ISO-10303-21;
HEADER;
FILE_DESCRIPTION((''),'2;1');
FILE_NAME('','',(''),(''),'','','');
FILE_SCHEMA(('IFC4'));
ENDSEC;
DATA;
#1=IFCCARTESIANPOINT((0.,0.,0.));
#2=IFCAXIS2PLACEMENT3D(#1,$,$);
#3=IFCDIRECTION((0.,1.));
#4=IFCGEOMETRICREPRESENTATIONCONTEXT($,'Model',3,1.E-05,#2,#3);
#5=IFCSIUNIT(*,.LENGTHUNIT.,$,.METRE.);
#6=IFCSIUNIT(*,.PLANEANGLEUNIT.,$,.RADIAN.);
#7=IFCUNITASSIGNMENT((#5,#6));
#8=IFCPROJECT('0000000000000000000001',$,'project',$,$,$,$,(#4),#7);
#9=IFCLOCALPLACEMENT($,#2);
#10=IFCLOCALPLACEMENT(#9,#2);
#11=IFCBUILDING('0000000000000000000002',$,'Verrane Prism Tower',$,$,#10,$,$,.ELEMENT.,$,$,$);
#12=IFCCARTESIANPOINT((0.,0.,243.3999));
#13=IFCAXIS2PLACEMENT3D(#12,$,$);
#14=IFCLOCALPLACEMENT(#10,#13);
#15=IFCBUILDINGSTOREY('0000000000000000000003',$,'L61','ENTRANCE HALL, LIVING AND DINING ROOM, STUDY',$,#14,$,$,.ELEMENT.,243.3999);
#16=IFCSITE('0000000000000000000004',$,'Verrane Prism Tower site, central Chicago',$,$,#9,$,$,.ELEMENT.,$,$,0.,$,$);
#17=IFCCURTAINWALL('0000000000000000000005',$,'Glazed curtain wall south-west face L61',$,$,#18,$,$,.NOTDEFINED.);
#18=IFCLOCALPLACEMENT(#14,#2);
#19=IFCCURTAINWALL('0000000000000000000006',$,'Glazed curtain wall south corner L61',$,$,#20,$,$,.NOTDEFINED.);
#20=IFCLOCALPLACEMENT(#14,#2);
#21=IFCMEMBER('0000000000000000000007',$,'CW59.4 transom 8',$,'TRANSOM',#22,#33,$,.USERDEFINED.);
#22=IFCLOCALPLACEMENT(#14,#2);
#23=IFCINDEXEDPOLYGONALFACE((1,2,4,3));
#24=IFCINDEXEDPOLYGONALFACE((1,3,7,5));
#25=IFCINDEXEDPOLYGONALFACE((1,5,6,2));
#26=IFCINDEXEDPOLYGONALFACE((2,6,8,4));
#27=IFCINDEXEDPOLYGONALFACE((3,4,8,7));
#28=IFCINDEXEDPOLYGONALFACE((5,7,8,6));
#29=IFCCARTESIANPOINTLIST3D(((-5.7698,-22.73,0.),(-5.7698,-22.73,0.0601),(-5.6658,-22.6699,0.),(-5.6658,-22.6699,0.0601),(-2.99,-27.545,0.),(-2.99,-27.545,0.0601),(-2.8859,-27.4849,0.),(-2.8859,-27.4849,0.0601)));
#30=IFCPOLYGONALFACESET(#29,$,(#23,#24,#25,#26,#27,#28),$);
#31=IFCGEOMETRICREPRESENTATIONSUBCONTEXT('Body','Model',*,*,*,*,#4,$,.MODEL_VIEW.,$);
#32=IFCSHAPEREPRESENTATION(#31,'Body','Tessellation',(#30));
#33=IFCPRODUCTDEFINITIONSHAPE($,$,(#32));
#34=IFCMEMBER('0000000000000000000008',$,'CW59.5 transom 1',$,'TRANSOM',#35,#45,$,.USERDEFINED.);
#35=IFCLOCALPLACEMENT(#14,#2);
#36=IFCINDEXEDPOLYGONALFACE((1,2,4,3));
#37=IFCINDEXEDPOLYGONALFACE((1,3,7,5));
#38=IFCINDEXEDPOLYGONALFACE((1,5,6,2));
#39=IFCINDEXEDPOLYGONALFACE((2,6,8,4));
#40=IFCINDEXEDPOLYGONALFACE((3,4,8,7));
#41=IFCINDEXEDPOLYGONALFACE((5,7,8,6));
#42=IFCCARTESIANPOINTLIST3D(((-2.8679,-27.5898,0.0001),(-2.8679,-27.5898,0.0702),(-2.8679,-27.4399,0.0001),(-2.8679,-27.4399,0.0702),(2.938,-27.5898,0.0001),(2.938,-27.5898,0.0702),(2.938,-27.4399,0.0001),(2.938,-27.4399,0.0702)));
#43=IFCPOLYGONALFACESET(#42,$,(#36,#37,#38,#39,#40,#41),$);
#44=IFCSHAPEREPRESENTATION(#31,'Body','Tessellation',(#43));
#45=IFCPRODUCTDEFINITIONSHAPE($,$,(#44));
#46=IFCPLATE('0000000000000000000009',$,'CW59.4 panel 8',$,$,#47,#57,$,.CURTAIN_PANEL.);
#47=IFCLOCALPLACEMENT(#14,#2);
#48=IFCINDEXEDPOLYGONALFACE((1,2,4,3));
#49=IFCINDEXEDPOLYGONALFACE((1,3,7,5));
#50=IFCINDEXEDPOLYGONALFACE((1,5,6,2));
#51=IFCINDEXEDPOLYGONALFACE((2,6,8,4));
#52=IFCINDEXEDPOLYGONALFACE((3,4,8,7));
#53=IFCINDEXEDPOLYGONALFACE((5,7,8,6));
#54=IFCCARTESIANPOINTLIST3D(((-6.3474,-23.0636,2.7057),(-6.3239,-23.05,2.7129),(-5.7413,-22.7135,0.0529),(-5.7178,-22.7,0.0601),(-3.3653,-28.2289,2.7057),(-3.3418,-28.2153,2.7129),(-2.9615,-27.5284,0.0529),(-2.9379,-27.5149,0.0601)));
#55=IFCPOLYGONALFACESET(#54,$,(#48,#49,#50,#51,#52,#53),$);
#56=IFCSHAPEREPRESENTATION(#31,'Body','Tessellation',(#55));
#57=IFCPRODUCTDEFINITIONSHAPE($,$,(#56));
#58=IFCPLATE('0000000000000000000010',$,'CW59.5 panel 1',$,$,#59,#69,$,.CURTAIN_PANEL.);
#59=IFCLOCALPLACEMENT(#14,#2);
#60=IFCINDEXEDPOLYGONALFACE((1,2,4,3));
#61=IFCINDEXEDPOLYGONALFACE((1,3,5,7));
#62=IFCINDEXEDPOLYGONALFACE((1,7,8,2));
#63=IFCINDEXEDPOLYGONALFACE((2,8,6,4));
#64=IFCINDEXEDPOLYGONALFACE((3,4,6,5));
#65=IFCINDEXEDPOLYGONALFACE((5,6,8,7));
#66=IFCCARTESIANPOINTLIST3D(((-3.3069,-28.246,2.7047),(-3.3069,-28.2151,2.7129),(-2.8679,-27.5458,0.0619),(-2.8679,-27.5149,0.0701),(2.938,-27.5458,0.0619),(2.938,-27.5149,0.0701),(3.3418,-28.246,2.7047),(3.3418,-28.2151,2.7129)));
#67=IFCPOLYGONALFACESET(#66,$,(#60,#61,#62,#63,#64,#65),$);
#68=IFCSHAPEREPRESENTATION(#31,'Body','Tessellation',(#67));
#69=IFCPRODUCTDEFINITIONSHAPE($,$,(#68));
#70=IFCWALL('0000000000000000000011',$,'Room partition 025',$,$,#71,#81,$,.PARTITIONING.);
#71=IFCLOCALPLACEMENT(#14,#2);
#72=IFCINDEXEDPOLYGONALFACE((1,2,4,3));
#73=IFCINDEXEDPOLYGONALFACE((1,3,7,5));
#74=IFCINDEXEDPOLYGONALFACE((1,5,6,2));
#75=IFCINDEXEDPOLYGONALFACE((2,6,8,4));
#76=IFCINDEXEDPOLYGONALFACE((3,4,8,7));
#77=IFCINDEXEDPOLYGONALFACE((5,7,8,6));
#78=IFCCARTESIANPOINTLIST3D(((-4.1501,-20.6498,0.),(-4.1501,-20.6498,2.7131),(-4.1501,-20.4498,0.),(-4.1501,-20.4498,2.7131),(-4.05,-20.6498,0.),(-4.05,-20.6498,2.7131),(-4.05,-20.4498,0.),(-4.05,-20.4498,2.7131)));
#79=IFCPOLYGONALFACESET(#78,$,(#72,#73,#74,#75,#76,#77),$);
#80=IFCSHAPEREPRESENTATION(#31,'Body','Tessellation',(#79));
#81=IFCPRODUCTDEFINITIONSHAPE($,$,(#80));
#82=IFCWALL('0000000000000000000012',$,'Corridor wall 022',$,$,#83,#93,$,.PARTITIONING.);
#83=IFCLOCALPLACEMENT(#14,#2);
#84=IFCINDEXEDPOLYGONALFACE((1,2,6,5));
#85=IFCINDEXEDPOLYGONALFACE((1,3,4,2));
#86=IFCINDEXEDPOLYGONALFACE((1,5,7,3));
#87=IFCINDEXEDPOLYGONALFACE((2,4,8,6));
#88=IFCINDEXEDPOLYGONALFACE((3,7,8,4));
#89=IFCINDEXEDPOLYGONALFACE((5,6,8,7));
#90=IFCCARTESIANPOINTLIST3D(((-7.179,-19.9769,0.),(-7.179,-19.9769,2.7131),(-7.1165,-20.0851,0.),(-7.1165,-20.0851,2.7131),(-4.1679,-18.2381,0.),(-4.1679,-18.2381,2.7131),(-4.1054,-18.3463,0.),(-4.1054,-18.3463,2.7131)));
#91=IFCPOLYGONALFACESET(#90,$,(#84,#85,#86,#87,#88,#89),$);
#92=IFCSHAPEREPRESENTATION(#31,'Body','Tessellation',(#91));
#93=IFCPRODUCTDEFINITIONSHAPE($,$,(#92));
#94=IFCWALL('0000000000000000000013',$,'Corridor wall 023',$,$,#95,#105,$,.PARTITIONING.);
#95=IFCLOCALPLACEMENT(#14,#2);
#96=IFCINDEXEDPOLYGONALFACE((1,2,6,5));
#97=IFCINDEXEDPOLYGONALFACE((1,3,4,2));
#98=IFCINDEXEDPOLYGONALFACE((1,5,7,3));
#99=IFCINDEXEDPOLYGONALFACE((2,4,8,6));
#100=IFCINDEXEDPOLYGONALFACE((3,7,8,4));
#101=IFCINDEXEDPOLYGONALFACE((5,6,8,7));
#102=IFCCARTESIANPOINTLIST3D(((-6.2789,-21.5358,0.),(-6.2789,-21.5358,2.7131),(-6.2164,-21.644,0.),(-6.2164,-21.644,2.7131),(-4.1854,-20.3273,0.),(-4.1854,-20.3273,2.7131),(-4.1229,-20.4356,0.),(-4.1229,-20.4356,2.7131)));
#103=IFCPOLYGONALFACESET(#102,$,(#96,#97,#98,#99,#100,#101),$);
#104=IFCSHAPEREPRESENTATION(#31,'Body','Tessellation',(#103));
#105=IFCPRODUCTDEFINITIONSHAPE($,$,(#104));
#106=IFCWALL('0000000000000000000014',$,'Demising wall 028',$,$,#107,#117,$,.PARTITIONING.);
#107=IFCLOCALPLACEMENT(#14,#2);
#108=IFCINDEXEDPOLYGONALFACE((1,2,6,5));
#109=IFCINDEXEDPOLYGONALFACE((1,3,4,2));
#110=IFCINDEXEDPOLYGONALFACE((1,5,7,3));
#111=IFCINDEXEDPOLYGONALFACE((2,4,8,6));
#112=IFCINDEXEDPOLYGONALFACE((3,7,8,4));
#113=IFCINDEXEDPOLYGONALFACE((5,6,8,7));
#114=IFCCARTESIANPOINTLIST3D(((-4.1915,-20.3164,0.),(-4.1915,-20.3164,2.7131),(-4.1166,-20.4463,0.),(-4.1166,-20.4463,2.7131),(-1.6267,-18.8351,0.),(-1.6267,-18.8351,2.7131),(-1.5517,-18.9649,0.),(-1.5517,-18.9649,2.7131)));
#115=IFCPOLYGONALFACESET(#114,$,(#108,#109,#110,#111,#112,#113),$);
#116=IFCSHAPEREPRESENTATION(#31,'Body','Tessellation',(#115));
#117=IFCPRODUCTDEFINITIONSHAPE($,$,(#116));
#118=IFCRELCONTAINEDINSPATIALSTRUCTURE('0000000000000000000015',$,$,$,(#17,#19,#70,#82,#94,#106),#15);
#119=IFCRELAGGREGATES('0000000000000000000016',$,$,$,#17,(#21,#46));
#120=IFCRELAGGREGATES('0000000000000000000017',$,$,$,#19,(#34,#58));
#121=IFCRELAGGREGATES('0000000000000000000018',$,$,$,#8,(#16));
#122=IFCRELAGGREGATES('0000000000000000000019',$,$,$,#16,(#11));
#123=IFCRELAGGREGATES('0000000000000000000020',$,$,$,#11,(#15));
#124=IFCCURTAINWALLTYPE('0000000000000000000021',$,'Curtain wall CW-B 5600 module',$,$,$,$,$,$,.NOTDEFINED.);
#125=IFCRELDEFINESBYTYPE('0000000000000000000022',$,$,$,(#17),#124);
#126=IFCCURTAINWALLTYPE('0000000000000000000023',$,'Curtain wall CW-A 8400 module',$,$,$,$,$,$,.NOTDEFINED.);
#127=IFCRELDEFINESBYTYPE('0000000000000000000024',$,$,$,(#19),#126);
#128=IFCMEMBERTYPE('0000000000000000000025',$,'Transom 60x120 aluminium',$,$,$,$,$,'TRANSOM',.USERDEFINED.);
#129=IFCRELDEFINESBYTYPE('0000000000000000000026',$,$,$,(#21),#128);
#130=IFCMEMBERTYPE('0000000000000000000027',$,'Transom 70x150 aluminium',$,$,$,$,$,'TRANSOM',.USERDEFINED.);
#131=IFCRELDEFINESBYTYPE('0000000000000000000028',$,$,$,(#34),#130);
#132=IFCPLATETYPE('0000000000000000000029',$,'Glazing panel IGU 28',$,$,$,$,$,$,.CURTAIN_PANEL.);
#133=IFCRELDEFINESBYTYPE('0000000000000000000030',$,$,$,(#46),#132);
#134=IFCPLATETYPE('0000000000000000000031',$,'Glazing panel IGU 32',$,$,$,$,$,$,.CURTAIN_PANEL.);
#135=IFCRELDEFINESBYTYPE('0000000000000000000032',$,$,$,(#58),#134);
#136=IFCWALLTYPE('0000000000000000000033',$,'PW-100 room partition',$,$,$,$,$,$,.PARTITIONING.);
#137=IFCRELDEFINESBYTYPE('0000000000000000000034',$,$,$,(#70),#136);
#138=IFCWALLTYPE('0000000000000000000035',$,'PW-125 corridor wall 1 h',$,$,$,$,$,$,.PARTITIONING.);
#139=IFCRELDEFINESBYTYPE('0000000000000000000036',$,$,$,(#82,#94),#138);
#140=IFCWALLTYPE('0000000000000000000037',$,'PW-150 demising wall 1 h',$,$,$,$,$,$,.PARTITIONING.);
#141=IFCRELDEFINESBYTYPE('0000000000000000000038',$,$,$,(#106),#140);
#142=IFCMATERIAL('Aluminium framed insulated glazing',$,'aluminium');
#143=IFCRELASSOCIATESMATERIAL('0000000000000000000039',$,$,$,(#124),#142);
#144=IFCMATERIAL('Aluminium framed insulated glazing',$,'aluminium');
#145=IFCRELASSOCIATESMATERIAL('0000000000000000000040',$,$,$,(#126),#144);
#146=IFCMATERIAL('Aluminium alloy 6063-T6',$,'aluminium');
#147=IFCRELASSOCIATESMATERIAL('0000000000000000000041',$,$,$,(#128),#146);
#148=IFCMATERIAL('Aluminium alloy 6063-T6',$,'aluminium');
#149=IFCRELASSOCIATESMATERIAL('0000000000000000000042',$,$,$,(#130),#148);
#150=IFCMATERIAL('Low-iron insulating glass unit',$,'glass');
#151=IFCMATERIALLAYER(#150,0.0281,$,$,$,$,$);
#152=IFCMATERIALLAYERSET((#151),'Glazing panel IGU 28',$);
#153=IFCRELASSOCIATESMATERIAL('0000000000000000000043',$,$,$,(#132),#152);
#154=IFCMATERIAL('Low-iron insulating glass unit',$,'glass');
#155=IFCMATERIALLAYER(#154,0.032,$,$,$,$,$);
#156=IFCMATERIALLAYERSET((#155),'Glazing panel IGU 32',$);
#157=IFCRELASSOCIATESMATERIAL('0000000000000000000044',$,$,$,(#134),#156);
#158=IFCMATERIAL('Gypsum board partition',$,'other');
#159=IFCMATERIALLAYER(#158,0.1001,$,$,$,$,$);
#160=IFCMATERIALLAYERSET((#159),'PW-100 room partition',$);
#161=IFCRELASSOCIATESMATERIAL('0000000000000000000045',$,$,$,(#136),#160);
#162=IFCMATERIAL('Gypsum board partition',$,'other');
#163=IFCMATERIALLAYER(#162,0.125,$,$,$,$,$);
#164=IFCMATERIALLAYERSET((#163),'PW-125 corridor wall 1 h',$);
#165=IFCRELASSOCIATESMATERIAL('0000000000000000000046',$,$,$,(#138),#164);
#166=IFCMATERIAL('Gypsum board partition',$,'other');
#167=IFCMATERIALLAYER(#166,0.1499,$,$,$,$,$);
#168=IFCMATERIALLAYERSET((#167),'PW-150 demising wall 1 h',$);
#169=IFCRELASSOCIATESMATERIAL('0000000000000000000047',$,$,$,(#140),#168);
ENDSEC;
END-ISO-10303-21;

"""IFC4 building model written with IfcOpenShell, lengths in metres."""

from ifc_helpers import new_model, si_unit, direction, frame, frame_2d, origin, origin_2d, place, context, subcontext, project, spatial, polyline, rectangle, outline, extrude, material, layer, layer_set, material_profile, profile_set, type_object, element, aggregate, save


model = new_model("IFC4")

# Units and contexts
model_context = context("Model", 3, precision=1e-05, world=origin(), true_north=direction((0.0, 1.0)))
body_context = subcontext(model_context, "Body", "Model", "MODEL_VIEW")
ifc_project = project(units=[si_unit("LENGTHUNIT", "METRE"), si_unit("PLANEANGLEUNIT", "RADIAN")], contexts=[model_context])

# Site, building, storey
site_placement = place(None, origin())
site = spatial("IfcSite", under=ifc_project, at=site_placement, Name="Verrane Prism Tower site, central Chicago", CompositionType="ELEMENT", RefElevation=0.0)
building_placement = place(site_placement, origin())
building = spatial("IfcBuilding", under=site, at=building_placement, Name="Verrane Prism Tower", CompositionType="ELEMENT")
storey_placement = place(building_placement, frame((0.0, 0.0, 243.3999)))
storey = spatial("IfcBuildingStorey", under=building, at=storey_placement, Name="L61", Description="ENTRANCE HALL, LIVING AND DINING ROOM, STUDY", CompositionType="ELEMENT", Elevation=243.3999)

# Curtain walls
ifc_material_1 = material(Name="Aluminium framed insulated glazing", Category="aluminium")
curtain_wall_type_1 = type_object("IfcCurtainWallType", Name="Curtain wall CW-B 5600 module", PredefinedType="NOTDEFINED", material=ifc_material_1)
curtain_wall_1_placement = place(storey_placement, origin())
curtain_wall_1 = element("IfcCurtainWall", 1, at=curtain_wall_1_placement, inside=storey, type_object=curtain_wall_type_1, Name="Glazed curtain wall south-west face L61", PredefinedType="NOTDEFINED")
ifc_material_2 = material(Name="Aluminium framed insulated glazing", Category="aluminium")
curtain_wall_type_2 = type_object("IfcCurtainWallType", Name="Curtain wall CW-A 8400 module", PredefinedType="NOTDEFINED", material=ifc_material_2)
curtain_wall_2_placement = place(storey_placement, origin())
curtain_wall_2 = element("IfcCurtainWall", 2, at=curtain_wall_2_placement, inside=storey, type_object=curtain_wall_type_2, Name="Glazed curtain wall south corner L61", PredefinedType="NOTDEFINED")

# Members
ifc_material_3 = material(Name="Aluminium alloy 6063-T6", Category="aluminium")
ifc_material_profile_1 = material_profile(ifc_material_3, rectangle(XDim=0.1201, YDim=0.0601, at=origin_2d()), Name="Transom 60x120 aluminium")
ifc_profile_set_1 = profile_set([ifc_material_profile_1], Name="Aluminium alloy 6063-T6")
member_type_1 = type_object("IfcMemberType", Name="Transom 60x120 aluminium", ElementType="TRANSOM", PredefinedType="USERDEFINED", material=ifc_profile_set_1)
member_1_placement = place(storey_placement, frame((-5.7178, -22.7, 0.03), z_axis=(0.499983, -0.866035, 0.0), x_axis=(0.866035, 0.499983, 0.0)))
member_1 = element("IfcMember", 3, at=member_1_placement, type_object=member_type_1, Name="CW59.4 transom 8", ObjectType="TRANSOM", PredefinedType="USERDEFINED", context=body_context, shape_type="SweptSolid", body=[
    extrude(rectangle(XDim=0.1201, YDim=0.0601, at=origin_2d()), origin(), (0.0, 0.0, 1.0), 5.5598),
])
ifc_material_4 = material(Name="Aluminium alloy 6063-T6", Category="aluminium")
ifc_material_profile_2 = material_profile(ifc_material_4, rectangle(XDim=0.1499, YDim=0.0701, at=origin_2d()), Name="Transom 70x150 aluminium")
ifc_profile_set_2 = profile_set([ifc_material_profile_2], Name="Aluminium alloy 6063-T6")
member_type_2 = type_object("IfcMemberType", Name="Transom 70x150 aluminium", ElementType="TRANSOM", PredefinedType="USERDEFINED", material=ifc_profile_set_2)
member_2_placement = place(storey_placement, frame((-2.8679, -27.5149, 0.0352), z_axis=(1.0, 0.0, 0.0), x_axis=(0.0, 1.0, 0.0)))
member_2 = element("IfcMember", 4, at=member_2_placement, type_object=member_type_2, Name="CW59.5 transom 1", ObjectType="TRANSOM", PredefinedType="USERDEFINED", context=body_context, shape_type="SweptSolid", body=[
    extrude(rectangle(XDim=0.1499, YDim=0.0701, at=origin_2d()), origin(), (0.0, 0.0, 1.0), 5.8059),
])

# Plates
ifc_material_5 = material(Name="Low-iron insulating glass unit", Category="glass")
ifc_layer_1 = layer(ifc_material_5, 0.0281)
ifc_layer_set_1 = layer_set([ifc_layer_1], Name="Glazing panel IGU 28")
plate_type_1 = type_object("IfcPlateType", Name="Glazing panel IGU 28", PredefinedType="CURTAIN_PANEL", material=ifc_layer_set_1)
plate_1_placement = place(storey_placement, frame((-5.7178, -22.7, 0.0601), z_axis=(0.83737, 0.483446, 0.255129), x_axis=(0.499991, -0.86603, 0.000002)))
plate_1 = element("IfcPlate", 5, at=plate_1_placement, type_object=plate_type_1, Name="CW59.4 panel 8", PredefinedType="CURTAIN_PANEL", context=body_context, shape_type="SweptSolid", body=[
    extrude(outline(polyline([(0.0, 0.0), (5.5598, 0.0), (5.9645, -2.7436), (0.0001, -2.7436), (0.0, 0.0)])), origin(), (0.0, 0.0, -1.0), 0.0281),
])
aggregate(curtain_wall_1, [member_1, plate_1])
ifc_material_6 = material(Name="Low-iron insulating glass unit", Category="glass")
ifc_layer_2 = layer(ifc_material_6, 0.032)
ifc_layer_set_2 = layer_set([ifc_layer_2], Name="Glazing panel IGU 32")
plate_type_2 = type_object("IfcPlateType", Name="Glazing panel IGU 32", PredefinedType="CURTAIN_PANEL", material=ifc_layer_set_2)
plate_2_placement = place(storey_placement, frame((-2.8679, -27.5149, 0.0701), z_axis=(0.0, 0.966649, 0.256106), x_axis=(1.0, 0.0, 0.0)))
plate_2 = element("IfcPlate", 6, at=plate_2_placement, type_object=plate_type_2, Name="CW59.5 panel 1", PredefinedType="CURTAIN_PANEL", context=body_context, shape_type="SweptSolid", body=[
    extrude(outline(polyline([(0.0, 0.0), (5.8059, 0.0), (6.2097, -2.734), (-0.439, -2.734), (0.0, 0.0)])), origin(), (0.0, 0.0, -1.0), 0.032),
])
aggregate(curtain_wall_2, [member_2, plate_2])

# Walls
ifc_material_7 = material(Name="Gypsum board partition", Category="other")
ifc_layer_3 = layer(ifc_material_7, 0.1001)
ifc_layer_set_3 = layer_set([ifc_layer_3], Name="PW-100 room partition")
wall_type_1 = type_object("IfcWallType", Name="PW-100 room partition", PredefinedType="PARTITIONING", material=ifc_layer_set_3)
wall_1_placement = place(storey_placement, frame((-4.1001, -20.6499, 0.0), z_axis=(0.0, 0.0, 1.0), x_axis=(0.0, 1.0, 0.0)))
element("IfcWall", 7, at=wall_1_placement, inside=storey, type_object=wall_type_1, Name="Room partition 025", PredefinedType="PARTITIONING", context=body_context, shape_type="SweptSolid", body=[
    extrude(rectangle(XDim=0.2, YDim=0.1001, at=frame_2d((0.1001, 0.0))), origin(), (0.0, 0.0, 1.0), 2.7131),
])
ifc_material_8 = material(Name="Gypsum board partition", Category="other")
ifc_layer_4 = layer(ifc_material_8, 0.125)
ifc_layer_set_4 = layer_set([ifc_layer_4], Name="PW-125 corridor wall 1 h")
wall_type_2 = type_object("IfcWallType", Name="PW-125 corridor wall 1 h", PredefinedType="PARTITIONING", material=ifc_layer_set_4)
wall_2_placement = place(storey_placement, frame((-7.1477, -20.031, 0.0), z_axis=(0.0, 0.0, 1.0), x_axis=(0.865979, 0.500081, 0.0)))
element("IfcWall", 8, at=wall_2_placement, inside=storey, type_object=wall_type_2, Name="Corridor wall 022", PredefinedType="PARTITIONING", context=body_context, shape_type="SweptSolid", body=[
    extrude(rectangle(XDim=3.4771, YDim=0.125, at=frame_2d((1.7385, 0.0))), origin(), (0.0, 0.0, 1.0), 2.7131),
])
wall_3_placement = place(storey_placement, frame((-6.2476, -21.5898, 0.0), z_axis=(0.0, 0.0, 1.0), x_axis=(0.866059, 0.499941, 0.0)))
element("IfcWall", 9, at=wall_3_placement, inside=storey, type_object=wall_type_2, Name="Corridor wall 023", PredefinedType="PARTITIONING", context=body_context, shape_type="SweptSolid", body=[
    extrude(rectangle(XDim=2.4172, YDim=0.125, at=frame_2d((1.2085, 0.0))), origin(), (0.0, 0.0, 1.0), 2.7131),
])
ifc_material_9 = material(Name="Gypsum board partition", Category="other")
ifc_layer_5 = layer(ifc_material_9, 0.1499)
ifc_layer_set_5 = layer_set([ifc_layer_5], Name="PW-150 demising wall 1 h")
wall_type_3 = type_object("IfcWallType", Name="PW-150 demising wall 1 h", PredefinedType="PARTITIONING", material=ifc_layer_set_5)
wall_4_placement = place(storey_placement, frame((-4.1541, -20.3813, 0.0), z_axis=(0.0, 0.0, 1.0), x_axis=(0.865941, 0.500146, 0.0)))
element("IfcWall", 10, at=wall_4_placement, inside=storey, type_object=wall_type_3, Name="Demising wall 028", PredefinedType="PARTITIONING", context=body_context, shape_type="SweptSolid", body=[
    extrude(rectangle(XDim=2.9619, YDim=0.1499, at=frame_2d((1.481, 0.0))), origin(), (0.0, 0.0, 1.0), 2.7131),
])

save(model, "model.ifc")
